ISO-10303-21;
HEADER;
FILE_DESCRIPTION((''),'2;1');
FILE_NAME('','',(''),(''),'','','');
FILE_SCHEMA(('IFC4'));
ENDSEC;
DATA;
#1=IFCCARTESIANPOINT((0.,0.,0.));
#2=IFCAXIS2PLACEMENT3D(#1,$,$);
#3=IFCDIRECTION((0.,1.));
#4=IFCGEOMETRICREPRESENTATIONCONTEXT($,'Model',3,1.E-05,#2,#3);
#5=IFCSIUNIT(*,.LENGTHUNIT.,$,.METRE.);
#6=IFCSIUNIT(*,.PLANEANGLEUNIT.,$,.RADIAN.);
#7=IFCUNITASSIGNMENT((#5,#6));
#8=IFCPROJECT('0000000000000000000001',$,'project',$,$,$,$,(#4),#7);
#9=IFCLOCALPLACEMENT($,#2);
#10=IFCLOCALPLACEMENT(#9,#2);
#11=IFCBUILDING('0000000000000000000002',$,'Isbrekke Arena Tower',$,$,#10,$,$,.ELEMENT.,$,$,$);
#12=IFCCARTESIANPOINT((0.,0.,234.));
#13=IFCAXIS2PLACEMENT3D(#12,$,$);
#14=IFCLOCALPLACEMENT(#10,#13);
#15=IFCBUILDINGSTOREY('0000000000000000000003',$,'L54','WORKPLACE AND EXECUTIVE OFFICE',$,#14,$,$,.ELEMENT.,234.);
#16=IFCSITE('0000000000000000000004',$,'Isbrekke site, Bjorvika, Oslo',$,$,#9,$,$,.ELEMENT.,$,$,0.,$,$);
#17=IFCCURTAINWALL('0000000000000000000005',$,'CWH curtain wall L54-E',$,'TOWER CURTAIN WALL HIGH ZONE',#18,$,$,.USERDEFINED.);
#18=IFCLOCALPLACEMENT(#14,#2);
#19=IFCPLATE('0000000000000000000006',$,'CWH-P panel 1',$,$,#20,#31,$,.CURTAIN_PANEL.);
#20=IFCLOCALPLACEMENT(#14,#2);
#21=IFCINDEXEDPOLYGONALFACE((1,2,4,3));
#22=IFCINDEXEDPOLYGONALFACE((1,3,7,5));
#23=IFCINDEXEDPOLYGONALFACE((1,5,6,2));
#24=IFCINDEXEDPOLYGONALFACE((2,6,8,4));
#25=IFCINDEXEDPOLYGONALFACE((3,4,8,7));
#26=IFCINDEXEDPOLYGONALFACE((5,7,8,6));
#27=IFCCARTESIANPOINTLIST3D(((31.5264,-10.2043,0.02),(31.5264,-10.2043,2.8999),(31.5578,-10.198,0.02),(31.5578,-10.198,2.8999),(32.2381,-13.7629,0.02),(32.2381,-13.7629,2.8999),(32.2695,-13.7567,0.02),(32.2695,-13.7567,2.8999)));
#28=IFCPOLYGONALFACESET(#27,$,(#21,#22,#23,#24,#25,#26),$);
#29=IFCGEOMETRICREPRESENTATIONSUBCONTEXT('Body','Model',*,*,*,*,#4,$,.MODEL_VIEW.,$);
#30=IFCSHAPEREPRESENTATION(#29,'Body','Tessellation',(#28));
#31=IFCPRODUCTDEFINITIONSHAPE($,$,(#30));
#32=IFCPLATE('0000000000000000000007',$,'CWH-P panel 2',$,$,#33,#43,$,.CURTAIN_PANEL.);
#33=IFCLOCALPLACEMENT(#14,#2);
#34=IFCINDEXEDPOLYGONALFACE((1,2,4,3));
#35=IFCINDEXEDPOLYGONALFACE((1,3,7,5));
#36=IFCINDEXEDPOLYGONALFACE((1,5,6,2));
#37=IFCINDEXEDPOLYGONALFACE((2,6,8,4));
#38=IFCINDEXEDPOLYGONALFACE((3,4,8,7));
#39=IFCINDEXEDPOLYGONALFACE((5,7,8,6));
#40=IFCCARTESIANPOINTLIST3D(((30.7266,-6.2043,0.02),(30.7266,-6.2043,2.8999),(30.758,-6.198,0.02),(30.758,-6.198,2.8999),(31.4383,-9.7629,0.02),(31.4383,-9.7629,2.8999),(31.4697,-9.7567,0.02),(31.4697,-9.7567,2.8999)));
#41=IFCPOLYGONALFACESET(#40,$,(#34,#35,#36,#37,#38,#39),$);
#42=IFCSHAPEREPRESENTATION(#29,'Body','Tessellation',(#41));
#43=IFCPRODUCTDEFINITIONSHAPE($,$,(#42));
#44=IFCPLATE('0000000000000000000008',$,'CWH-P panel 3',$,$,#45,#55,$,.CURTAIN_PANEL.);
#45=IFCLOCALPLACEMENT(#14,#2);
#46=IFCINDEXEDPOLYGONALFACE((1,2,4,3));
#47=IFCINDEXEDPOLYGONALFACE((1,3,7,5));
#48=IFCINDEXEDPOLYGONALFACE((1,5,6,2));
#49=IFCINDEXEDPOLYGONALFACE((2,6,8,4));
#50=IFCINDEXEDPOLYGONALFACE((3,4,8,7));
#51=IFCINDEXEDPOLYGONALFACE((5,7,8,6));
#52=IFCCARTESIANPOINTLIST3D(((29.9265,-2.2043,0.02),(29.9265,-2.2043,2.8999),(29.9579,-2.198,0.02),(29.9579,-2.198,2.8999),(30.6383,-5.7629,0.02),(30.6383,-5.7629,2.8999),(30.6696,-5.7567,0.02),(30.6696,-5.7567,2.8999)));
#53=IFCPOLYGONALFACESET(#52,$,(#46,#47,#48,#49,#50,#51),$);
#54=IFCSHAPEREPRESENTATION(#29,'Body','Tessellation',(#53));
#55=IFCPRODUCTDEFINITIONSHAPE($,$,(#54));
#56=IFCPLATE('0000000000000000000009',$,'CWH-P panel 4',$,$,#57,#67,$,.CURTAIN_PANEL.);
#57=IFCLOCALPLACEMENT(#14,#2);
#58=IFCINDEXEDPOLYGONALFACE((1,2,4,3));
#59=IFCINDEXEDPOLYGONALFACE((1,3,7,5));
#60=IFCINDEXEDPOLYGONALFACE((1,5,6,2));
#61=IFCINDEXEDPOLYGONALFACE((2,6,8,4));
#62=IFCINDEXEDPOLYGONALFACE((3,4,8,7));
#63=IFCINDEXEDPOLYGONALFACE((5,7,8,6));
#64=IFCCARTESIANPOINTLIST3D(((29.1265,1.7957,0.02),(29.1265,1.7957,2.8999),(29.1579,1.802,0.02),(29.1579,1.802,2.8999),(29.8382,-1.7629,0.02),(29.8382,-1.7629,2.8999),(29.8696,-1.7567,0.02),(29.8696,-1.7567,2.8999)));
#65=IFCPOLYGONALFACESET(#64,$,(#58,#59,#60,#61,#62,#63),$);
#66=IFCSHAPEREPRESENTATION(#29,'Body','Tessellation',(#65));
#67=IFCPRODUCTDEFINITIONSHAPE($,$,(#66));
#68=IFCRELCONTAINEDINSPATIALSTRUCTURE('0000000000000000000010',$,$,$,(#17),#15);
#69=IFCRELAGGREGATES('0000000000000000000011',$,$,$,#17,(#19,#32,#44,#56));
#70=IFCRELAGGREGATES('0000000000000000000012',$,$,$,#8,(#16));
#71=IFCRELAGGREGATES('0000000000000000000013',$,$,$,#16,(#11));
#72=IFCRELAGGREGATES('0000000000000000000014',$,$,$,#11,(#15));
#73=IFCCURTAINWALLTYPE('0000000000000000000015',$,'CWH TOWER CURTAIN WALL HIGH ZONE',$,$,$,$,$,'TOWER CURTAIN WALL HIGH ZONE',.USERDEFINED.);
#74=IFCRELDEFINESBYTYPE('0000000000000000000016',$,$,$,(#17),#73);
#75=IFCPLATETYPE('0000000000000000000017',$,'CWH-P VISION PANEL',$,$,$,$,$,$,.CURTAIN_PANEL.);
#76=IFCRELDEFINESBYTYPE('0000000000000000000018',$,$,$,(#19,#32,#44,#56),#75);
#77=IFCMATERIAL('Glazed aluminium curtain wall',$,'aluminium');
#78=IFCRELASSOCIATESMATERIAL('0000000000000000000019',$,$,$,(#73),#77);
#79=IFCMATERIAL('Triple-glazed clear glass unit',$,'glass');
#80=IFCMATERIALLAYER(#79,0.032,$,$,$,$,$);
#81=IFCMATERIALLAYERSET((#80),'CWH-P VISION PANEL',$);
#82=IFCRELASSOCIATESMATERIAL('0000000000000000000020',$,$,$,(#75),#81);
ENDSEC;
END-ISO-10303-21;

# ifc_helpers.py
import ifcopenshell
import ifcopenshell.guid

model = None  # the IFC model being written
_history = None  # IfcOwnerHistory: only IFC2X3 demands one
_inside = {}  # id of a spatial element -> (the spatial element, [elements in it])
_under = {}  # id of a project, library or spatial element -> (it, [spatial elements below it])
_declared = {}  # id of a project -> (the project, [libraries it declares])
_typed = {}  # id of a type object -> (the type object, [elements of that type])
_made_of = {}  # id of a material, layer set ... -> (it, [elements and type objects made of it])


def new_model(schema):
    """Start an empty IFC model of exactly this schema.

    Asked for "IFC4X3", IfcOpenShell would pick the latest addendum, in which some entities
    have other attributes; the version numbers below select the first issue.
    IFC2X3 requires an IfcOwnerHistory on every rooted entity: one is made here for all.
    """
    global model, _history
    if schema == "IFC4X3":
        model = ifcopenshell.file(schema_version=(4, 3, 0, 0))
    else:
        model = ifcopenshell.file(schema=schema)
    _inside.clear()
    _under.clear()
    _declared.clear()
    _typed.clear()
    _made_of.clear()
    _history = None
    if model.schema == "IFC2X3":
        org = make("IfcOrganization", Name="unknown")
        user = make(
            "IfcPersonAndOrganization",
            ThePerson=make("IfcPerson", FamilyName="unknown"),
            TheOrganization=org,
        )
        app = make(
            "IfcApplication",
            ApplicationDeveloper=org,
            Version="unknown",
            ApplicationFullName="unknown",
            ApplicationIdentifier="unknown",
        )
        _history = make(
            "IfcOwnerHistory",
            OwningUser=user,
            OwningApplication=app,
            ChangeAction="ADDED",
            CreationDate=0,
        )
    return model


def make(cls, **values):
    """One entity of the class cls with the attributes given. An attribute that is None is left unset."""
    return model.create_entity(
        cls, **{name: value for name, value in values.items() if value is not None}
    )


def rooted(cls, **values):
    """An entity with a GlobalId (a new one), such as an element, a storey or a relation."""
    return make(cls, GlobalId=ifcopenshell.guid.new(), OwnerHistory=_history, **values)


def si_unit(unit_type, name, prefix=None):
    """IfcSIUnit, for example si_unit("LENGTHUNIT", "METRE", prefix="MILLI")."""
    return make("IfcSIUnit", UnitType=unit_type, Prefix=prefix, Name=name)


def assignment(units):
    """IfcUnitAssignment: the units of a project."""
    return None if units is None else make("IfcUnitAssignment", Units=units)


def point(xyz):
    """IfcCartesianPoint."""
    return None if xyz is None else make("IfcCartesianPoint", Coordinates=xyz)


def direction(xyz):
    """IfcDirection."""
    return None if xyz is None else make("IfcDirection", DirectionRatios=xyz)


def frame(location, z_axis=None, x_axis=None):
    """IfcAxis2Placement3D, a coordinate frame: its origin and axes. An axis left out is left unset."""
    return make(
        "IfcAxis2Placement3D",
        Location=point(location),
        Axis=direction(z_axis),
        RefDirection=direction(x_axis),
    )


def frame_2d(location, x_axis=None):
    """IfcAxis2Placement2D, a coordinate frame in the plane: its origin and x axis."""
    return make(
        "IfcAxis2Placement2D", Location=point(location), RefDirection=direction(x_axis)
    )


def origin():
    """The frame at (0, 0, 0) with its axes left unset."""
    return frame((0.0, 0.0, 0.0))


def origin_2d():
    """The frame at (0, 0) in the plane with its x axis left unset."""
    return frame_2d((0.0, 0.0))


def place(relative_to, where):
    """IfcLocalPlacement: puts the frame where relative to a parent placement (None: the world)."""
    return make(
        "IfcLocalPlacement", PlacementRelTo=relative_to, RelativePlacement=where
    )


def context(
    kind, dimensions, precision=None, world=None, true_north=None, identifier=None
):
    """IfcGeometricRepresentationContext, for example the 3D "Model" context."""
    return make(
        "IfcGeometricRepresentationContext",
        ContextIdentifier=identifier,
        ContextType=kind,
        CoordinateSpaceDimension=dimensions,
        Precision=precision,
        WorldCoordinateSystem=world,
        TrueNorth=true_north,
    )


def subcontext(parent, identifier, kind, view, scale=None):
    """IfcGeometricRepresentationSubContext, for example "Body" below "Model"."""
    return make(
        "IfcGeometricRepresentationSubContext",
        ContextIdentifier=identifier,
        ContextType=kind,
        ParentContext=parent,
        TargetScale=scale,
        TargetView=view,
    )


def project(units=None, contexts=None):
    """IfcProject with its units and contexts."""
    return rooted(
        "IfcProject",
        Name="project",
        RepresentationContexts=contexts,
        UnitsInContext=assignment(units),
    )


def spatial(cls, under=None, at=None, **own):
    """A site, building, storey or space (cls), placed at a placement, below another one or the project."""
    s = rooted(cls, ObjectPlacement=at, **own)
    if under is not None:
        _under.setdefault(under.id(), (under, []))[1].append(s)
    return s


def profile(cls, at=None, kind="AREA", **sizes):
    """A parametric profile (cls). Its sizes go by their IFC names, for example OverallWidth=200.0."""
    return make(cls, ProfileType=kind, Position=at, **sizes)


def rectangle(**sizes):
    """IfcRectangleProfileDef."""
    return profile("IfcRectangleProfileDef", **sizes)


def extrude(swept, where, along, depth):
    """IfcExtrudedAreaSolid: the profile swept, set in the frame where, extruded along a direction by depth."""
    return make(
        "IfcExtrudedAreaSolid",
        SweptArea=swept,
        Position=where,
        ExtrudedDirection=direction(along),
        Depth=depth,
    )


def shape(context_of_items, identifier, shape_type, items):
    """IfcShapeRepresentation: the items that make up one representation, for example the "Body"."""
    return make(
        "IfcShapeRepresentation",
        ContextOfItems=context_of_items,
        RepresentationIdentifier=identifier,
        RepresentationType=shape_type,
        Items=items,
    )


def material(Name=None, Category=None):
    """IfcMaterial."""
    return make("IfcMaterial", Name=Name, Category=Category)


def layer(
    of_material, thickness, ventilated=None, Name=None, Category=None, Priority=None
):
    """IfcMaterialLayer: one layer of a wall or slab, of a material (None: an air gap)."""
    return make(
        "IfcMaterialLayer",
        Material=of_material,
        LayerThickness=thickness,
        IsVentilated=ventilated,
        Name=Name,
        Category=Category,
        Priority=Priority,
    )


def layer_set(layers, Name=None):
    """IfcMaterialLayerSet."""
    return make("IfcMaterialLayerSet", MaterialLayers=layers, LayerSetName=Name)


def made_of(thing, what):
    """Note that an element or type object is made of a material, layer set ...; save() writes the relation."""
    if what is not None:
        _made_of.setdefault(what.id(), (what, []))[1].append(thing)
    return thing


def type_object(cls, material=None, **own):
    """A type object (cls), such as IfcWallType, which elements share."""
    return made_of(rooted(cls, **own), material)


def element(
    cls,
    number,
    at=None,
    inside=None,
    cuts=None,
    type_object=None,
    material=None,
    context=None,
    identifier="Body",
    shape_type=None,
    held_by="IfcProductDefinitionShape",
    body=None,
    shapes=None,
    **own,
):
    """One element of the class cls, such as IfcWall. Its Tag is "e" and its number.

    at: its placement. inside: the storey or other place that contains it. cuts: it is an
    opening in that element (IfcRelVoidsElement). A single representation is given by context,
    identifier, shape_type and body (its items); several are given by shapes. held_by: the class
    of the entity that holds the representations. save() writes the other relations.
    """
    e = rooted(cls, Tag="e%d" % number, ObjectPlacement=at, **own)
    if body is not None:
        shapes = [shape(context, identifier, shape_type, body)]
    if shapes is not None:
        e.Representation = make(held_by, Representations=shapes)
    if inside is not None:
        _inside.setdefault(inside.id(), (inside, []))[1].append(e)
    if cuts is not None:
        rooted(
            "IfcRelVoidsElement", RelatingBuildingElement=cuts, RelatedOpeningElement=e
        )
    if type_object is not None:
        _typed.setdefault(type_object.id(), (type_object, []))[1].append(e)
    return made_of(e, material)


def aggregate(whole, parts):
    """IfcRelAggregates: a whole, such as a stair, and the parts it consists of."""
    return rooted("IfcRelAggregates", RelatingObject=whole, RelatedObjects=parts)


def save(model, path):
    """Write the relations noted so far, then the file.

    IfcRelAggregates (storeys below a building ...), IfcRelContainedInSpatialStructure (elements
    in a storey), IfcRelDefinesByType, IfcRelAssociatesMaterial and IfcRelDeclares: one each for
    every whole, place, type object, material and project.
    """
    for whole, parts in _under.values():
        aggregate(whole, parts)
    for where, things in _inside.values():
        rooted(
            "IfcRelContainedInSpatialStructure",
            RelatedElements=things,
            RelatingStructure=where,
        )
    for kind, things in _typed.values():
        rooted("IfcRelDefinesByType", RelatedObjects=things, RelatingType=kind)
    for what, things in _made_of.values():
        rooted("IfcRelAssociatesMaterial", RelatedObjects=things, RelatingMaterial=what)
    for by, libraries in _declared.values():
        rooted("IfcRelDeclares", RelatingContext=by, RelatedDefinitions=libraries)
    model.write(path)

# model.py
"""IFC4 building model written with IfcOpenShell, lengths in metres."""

from ifc_helpers import new_model, si_unit, direction, frame, origin, origin_2d, place, context, subcontext, project, spatial, rectangle, extrude, material, layer, layer_set, type_object, element, aggregate, save


model = new_model("IFC4")

# Units and contexts
model_context = context("Model", 3, precision=1e-05, world=origin(), true_north=direction((0.0, 1.0)))
body_context = subcontext(model_context, "Body", "Model", "MODEL_VIEW")
ifc_project = project(units=[si_unit("LENGTHUNIT", "METRE"), si_unit("PLANEANGLEUNIT", "RADIAN")], contexts=[model_context])

# Site, building, storey
site_placement = place(None, origin())
site = spatial("IfcSite", under=ifc_project, at=site_placement, Name="Isbrekke site, Bjorvika, Oslo", CompositionType="ELEMENT", RefElevation=0.0)
building_placement = place(site_placement, origin())
building = spatial("IfcBuilding", under=site, at=building_placement, Name="Isbrekke Arena Tower", CompositionType="ELEMENT")
storey_placement = place(building_placement, frame((0.0, 0.0, 234.0)))
storey = spatial("IfcBuildingStorey", under=building, at=storey_placement, Name="L54", Description="WORKPLACE AND EXECUTIVE OFFICE", CompositionType="ELEMENT", Elevation=234.0)

# Curtain wall
ifc_material_1 = material(Name="Glazed aluminium curtain wall", Category="aluminium")
curtain_wall_type = type_object("IfcCurtainWallType", Name="CWH TOWER CURTAIN WALL HIGH ZONE", ElementType="TOWER CURTAIN WALL HIGH ZONE", PredefinedType="USERDEFINED", material=ifc_material_1)
curtain_wall_placement = place(storey_placement, origin())
curtain_wall = element("IfcCurtainWall", 1, at=curtain_wall_placement, inside=storey, type_object=curtain_wall_type, Name="CWH curtain wall L54-E", ObjectType="TOWER CURTAIN WALL HIGH ZONE", PredefinedType="USERDEFINED")

# Plates
ifc_material_2 = material(Name="Triple-glazed clear glass unit", Category="glass")
ifc_layer = layer(ifc_material_2, 0.032)
ifc_layer_set = layer_set([ifc_layer], Name="CWH-P VISION PANEL")
plate_type = type_object("IfcPlateType", Name="CWH-P VISION PANEL", PredefinedType="CURTAIN_PANEL", material=ifc_layer_set)
plate_1_placement = place(storey_placement, frame((31.8979, -11.9805, 0.02), z_axis=(0.0, 0.0, 1.0), x_axis=(-0.196116, 0.980581, 0.0)))
plate_1 = element("IfcPlate", 2, at=plate_1_placement, type_object=plate_type, Name="CWH-P panel 1", PredefinedType="CURTAIN_PANEL", context=body_context, shape_type="SweptSolid", body=[
    extrude(rectangle(XDim=3.6292, YDim=0.032, at=origin_2d()), origin(), (0.0, 0.0, 1.0), 2.8799),
])
plate_2_placement = place(storey_placement, frame((31.0981, -7.9805, 0.02), z_axis=(0.0, 0.0, 1.0), x_axis=(-0.196116, 0.980581, 0.0)))
plate_2 = element("IfcPlate", 3, at=plate_2_placement, type_object=plate_type, Name="CWH-P panel 2", PredefinedType="CURTAIN_PANEL", context=body_context, shape_type="SweptSolid", body=[
    extrude(rectangle(XDim=3.6292, YDim=0.032, at=origin_2d()), origin(), (0.0, 0.0, 1.0), 2.8799),
])
plate_3_placement = place(storey_placement, frame((30.2981, -3.9805, 0.02), z_axis=(0.0, 0.0, 1.0), x_axis=(-0.196116, 0.980581, 0.0)))
plate_3 = element("IfcPlate", 4, at=plate_3_placement, type_object=plate_type, Name="CWH-P panel 3", PredefinedType="CURTAIN_PANEL", context=body_context, shape_type="SweptSolid", body=[
    extrude(rectangle(XDim=3.6292, YDim=0.032, at=origin_2d()), origin(), (0.0, 0.0, 1.0), 2.8799),
])
plate_4_placement = place(storey_placement, frame((29.498, 0.0195, 0.02), z_axis=(0.0, 0.0, 1.0), x_axis=(-0.196116, 0.980581, 0.0)))
plate_4 = element("IfcPlate", 5, at=plate_4_placement, type_object=plate_type, Name="CWH-P panel 4", PredefinedType="CURTAIN_PANEL", context=body_context, shape_type="SweptSolid", body=[
    extrude(rectangle(XDim=3.6292, YDim=0.032, at=origin_2d()), origin(), (0.0, 0.0, 1.0), 2.8799),
])
aggregate(curtain_wall, [plate_1, plate_2, plate_3, plate_4])

save(model, "model.ifc")
